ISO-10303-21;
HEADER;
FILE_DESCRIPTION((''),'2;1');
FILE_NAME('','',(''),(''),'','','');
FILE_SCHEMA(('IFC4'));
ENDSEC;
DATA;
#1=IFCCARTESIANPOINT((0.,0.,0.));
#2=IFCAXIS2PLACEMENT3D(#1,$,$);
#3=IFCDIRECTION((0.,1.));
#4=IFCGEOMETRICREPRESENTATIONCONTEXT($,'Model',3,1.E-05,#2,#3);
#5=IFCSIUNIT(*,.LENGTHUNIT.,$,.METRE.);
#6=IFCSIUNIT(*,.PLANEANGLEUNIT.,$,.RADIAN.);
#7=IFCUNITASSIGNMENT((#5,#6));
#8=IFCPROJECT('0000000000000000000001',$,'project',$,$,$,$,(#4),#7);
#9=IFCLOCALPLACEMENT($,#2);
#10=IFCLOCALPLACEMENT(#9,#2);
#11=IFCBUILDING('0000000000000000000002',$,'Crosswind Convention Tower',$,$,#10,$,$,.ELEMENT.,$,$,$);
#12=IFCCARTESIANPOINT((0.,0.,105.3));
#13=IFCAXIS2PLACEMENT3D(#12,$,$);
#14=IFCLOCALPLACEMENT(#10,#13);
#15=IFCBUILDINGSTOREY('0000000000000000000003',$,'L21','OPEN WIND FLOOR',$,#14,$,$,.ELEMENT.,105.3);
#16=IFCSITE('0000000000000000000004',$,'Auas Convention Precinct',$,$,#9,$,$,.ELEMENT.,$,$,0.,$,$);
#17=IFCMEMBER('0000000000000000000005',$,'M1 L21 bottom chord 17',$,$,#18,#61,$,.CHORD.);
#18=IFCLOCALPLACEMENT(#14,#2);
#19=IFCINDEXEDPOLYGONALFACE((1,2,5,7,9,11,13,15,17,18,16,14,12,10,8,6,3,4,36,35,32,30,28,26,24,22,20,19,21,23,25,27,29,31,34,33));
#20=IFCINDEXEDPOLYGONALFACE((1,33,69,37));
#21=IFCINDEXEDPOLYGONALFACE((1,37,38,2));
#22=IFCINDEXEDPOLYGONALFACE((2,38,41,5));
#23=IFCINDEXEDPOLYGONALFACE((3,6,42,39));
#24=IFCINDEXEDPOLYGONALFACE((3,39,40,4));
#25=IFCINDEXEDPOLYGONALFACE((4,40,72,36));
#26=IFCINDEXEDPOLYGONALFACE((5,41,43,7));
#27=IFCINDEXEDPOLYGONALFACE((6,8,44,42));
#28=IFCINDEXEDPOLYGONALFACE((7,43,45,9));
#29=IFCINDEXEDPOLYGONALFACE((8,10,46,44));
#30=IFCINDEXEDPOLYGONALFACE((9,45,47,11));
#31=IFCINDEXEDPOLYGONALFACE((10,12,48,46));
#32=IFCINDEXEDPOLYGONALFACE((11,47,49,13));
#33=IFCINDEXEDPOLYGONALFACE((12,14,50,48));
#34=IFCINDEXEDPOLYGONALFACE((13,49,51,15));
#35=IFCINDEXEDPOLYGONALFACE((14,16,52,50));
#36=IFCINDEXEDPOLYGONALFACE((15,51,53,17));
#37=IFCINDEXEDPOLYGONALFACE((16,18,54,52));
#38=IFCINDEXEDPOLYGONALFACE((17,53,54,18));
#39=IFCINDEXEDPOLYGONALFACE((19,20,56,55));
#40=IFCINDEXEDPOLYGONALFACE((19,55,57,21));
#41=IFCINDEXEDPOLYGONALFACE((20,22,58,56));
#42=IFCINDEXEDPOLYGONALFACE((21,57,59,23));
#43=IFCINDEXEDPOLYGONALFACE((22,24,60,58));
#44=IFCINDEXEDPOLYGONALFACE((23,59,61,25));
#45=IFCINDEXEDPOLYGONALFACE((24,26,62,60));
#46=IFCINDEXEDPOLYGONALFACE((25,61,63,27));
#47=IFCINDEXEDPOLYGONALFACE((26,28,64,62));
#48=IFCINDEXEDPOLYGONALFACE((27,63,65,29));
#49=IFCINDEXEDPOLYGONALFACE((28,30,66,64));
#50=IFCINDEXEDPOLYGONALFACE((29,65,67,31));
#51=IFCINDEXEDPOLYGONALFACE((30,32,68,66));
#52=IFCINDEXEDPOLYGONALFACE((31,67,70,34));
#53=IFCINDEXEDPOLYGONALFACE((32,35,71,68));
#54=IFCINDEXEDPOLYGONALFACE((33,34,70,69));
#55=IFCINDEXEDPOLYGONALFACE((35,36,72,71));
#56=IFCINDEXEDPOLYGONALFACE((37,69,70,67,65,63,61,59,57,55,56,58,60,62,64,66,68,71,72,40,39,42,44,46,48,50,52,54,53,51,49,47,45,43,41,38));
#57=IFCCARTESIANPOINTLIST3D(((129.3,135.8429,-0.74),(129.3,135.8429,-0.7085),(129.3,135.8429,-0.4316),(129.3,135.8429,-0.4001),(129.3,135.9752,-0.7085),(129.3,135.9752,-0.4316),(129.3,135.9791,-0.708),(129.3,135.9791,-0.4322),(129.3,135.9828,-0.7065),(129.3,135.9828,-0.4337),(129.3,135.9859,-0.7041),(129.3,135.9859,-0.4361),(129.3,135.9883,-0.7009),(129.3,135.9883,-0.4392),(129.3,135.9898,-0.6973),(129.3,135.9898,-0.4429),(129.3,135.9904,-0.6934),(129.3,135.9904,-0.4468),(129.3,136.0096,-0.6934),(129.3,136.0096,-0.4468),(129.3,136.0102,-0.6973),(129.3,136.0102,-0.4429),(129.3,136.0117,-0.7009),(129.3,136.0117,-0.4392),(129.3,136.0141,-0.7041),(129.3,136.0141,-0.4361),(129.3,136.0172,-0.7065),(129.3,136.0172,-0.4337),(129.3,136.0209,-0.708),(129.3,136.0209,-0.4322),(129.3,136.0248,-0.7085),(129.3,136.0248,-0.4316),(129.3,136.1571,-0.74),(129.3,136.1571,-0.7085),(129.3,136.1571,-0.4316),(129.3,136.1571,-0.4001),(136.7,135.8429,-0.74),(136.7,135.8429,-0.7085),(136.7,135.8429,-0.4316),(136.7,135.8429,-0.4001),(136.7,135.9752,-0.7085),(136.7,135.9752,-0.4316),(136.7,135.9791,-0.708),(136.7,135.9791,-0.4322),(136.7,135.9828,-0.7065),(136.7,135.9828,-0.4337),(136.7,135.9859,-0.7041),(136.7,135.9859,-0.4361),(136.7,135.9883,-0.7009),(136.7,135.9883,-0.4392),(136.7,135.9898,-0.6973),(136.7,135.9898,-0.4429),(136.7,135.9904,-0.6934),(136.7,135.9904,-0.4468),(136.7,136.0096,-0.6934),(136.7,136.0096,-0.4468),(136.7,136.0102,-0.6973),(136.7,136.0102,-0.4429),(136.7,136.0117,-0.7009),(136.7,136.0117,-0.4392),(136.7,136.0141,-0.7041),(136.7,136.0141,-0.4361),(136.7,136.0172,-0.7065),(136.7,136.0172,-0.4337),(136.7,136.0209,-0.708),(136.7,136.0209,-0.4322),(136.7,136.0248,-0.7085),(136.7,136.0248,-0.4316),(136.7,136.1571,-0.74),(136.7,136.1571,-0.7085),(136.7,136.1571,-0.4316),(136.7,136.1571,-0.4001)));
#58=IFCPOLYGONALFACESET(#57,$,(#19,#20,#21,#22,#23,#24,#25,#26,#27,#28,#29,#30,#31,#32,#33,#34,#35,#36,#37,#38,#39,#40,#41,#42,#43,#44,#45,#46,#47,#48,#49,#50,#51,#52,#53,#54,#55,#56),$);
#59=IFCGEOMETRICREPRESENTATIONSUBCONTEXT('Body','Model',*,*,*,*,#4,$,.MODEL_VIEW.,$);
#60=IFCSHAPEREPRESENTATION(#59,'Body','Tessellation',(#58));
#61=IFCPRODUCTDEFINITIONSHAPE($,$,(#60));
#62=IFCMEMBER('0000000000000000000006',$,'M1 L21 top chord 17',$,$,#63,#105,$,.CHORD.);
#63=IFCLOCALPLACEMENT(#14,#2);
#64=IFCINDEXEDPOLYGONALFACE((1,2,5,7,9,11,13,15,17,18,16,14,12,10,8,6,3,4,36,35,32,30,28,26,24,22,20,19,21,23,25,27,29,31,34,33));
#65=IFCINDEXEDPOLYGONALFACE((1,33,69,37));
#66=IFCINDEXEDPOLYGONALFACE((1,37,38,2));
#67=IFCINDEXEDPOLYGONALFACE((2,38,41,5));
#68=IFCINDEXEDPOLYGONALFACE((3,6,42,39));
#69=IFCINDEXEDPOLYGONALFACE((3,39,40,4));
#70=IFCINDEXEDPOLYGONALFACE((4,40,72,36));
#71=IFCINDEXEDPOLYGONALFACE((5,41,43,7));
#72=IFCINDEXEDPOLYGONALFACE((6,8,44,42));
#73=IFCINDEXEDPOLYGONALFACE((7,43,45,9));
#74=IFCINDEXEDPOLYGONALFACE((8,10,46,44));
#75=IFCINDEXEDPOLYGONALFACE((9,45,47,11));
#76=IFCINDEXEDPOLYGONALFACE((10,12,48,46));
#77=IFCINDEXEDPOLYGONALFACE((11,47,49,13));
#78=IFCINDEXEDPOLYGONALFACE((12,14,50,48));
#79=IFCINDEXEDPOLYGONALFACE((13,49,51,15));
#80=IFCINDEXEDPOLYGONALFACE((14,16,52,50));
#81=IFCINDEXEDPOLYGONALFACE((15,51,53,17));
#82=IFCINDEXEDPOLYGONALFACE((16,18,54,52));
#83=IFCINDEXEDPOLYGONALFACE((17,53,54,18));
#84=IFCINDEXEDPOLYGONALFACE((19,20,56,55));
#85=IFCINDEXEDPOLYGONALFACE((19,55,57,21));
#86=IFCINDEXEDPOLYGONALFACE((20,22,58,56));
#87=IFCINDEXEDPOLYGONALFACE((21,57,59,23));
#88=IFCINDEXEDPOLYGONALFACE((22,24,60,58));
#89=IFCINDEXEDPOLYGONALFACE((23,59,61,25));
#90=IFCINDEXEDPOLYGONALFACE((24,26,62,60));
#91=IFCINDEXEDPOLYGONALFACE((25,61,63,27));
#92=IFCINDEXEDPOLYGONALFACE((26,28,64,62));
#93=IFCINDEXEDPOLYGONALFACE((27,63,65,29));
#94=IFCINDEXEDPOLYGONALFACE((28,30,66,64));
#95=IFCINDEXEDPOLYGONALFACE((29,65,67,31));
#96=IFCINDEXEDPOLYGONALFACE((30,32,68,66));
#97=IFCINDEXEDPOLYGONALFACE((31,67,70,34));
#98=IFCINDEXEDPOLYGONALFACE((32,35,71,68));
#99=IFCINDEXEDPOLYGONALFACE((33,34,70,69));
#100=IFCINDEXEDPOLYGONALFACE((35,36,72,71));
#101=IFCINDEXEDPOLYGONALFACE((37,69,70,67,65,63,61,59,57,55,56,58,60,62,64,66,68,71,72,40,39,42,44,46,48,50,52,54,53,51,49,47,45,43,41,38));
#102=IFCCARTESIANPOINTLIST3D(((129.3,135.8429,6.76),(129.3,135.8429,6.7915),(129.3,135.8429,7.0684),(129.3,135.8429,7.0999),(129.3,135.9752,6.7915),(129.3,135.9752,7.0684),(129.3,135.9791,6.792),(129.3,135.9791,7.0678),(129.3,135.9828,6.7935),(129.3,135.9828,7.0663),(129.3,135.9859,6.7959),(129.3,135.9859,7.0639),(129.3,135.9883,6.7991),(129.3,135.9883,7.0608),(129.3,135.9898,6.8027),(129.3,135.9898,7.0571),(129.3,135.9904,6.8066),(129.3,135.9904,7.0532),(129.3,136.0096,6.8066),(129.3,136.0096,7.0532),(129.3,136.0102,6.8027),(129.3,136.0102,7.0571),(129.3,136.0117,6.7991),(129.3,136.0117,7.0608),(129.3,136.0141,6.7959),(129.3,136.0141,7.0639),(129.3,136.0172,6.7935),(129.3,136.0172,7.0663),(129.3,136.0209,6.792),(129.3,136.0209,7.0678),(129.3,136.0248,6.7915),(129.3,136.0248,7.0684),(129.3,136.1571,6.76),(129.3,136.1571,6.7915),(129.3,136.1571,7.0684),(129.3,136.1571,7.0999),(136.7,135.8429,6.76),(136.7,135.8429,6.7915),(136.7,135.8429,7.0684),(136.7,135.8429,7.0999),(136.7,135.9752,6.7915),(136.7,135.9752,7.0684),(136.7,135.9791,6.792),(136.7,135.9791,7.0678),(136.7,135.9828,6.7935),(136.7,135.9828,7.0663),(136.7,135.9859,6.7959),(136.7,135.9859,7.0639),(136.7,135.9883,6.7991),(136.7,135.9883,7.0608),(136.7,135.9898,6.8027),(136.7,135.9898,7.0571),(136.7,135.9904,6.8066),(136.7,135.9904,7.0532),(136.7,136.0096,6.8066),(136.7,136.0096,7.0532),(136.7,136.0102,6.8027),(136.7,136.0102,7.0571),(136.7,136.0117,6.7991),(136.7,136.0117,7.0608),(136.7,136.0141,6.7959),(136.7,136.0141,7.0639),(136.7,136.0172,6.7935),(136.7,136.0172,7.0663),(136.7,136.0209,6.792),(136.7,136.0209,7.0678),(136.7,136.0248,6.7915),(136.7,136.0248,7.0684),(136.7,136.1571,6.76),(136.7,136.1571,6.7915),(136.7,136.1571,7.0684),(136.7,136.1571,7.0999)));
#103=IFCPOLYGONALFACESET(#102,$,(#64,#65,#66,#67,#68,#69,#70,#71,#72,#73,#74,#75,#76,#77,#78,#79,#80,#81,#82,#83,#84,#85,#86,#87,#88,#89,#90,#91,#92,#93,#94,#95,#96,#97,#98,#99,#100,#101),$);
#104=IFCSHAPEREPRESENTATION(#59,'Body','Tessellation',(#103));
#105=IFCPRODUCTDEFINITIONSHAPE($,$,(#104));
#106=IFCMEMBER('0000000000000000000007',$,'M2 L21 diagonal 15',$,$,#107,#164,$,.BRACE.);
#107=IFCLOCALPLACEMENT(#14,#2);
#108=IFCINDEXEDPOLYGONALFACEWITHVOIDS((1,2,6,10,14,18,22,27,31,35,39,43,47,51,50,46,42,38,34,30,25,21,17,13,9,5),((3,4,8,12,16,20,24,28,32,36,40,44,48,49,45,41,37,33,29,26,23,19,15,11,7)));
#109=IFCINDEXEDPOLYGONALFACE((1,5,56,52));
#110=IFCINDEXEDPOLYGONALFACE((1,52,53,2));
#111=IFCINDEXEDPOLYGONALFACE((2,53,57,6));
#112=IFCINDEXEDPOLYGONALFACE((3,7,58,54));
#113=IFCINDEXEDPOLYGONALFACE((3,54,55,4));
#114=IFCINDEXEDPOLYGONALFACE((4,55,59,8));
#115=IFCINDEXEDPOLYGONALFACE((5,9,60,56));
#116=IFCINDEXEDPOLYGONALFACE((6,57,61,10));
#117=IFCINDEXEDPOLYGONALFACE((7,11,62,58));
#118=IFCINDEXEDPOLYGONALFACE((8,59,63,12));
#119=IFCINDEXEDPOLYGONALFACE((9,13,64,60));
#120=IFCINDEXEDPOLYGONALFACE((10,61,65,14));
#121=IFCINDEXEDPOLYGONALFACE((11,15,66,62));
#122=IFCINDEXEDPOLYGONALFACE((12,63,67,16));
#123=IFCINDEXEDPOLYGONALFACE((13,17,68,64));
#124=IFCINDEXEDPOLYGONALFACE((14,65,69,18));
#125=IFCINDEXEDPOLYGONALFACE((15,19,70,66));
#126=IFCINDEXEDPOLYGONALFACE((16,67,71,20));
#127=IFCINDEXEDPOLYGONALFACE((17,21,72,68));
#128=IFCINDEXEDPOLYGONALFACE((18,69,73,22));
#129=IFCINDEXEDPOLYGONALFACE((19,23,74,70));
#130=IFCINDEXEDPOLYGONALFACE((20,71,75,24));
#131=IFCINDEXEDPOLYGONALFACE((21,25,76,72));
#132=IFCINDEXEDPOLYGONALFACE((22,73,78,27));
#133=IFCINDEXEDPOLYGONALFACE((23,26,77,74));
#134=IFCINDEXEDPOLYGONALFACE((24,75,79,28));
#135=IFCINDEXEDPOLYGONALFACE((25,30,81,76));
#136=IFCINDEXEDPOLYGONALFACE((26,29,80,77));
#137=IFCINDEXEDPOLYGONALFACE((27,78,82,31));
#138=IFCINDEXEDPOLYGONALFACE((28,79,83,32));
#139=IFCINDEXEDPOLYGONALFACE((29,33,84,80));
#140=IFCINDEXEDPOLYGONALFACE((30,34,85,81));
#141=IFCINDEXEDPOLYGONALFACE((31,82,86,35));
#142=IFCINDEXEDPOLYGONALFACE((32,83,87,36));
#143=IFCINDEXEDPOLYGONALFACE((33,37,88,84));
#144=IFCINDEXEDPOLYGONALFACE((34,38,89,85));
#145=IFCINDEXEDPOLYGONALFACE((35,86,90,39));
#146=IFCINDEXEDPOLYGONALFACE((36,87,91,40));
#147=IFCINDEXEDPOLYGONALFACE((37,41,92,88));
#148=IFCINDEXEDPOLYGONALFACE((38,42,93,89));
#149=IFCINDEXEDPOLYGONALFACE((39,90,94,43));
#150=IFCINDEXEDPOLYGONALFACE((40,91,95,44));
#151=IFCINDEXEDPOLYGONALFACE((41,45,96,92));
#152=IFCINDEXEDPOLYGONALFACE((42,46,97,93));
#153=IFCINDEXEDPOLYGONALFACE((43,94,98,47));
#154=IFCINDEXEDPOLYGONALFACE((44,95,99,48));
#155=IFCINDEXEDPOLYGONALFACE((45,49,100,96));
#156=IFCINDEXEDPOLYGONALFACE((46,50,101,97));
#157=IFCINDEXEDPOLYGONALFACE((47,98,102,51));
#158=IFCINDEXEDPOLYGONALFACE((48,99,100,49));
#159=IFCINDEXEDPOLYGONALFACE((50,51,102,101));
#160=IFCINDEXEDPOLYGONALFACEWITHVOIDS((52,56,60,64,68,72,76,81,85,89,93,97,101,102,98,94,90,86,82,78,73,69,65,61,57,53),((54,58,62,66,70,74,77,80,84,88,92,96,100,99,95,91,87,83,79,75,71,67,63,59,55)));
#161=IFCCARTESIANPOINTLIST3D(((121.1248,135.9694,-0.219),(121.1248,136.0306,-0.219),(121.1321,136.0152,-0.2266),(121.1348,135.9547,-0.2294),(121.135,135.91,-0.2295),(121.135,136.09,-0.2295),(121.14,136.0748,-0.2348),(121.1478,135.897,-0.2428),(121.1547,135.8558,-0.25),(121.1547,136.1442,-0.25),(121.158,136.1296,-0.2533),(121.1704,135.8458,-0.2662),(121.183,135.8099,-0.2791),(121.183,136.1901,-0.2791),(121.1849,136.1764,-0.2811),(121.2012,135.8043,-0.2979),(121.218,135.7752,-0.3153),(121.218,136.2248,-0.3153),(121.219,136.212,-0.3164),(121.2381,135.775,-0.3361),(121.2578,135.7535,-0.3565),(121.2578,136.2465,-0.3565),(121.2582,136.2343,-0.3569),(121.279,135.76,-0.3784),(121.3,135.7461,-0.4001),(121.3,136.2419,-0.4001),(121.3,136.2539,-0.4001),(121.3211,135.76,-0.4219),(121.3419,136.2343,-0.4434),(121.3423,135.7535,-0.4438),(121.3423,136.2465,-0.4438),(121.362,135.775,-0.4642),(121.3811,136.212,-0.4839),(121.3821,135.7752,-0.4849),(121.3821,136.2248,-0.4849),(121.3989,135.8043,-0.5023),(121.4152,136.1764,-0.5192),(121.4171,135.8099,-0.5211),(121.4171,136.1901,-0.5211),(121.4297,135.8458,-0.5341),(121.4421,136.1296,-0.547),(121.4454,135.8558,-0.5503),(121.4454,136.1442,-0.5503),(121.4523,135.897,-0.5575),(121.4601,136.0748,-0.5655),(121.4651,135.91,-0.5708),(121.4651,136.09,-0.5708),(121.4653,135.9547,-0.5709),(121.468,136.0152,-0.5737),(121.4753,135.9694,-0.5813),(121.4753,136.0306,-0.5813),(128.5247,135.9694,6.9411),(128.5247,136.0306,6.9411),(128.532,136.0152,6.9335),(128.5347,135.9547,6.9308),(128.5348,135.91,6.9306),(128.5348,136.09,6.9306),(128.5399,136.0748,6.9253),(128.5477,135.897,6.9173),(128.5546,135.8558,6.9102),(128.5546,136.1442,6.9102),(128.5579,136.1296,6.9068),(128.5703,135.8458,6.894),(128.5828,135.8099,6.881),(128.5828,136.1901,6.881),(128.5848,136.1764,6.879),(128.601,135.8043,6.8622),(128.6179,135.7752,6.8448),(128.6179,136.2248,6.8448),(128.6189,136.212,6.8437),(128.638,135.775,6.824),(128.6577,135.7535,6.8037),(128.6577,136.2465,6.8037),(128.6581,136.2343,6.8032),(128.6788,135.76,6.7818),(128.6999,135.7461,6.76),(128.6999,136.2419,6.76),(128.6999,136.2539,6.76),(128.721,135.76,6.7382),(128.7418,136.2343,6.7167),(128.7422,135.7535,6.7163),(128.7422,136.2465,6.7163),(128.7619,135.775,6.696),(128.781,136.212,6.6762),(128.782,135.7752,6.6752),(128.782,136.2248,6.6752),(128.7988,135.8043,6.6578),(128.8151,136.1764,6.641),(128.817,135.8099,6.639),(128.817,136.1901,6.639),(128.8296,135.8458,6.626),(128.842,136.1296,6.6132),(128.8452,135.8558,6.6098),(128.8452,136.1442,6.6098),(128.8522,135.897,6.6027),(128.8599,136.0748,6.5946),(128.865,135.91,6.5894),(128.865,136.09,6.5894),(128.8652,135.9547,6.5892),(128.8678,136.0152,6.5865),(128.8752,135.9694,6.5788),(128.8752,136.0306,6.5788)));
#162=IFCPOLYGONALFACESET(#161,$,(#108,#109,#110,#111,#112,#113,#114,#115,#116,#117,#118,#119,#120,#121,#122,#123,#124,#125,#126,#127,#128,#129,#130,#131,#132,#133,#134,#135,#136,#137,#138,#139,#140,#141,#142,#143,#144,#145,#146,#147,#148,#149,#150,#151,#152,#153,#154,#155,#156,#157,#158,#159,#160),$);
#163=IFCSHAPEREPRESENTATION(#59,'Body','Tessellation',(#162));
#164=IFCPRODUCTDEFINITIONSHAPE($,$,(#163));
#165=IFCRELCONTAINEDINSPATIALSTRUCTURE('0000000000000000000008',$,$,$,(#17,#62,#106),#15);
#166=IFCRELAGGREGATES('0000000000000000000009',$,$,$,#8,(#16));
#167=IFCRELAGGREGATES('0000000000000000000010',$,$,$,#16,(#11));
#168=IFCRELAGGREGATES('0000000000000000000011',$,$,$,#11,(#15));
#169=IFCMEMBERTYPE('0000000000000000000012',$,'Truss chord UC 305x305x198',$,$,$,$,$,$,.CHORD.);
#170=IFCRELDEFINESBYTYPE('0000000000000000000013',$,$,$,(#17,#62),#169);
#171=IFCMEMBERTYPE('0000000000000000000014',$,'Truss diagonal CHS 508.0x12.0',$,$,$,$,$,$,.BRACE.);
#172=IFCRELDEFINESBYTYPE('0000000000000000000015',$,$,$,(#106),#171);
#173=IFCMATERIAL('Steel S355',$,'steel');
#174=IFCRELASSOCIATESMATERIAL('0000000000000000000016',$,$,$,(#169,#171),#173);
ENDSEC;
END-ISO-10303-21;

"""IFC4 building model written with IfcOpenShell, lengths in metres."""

from ifc_helpers import new_model, si_unit, direction, frame, origin, origin_2d, place, context, subcontext, project, spatial, hollow_circle, i_section, extrude, material, material_profile, profile_set, type_object, element, save


model = new_model("IFC4")

# Units and contexts
model_context = context("Model", 3, precision=1e-05, world=origin(), true_north=direction((0.0, 1.0)))
body_context = subcontext(model_context, "Body", "Model", "MODEL_VIEW")
ifc_project = project(units=[si_unit("LENGTHUNIT", "METRE"), si_unit("PLANEANGLEUNIT", "RADIAN")], contexts=[model_context])

# Site, building, storey
site_placement = place(None, origin())
site = spatial("IfcSite", under=ifc_project, at=site_placement, Name="Auas Convention Precinct", CompositionType="ELEMENT", RefElevation=0.0)
building_placement = place(site_placement, origin())
building = spatial("IfcBuilding", under=site, at=building_placement, Name="Crosswind Convention Tower", CompositionType="ELEMENT")
storey_placement = place(building_placement, frame((0.0, 0.0, 105.3)))
storey = spatial("IfcBuildingStorey", under=building, at=storey_placement, Name="L21", Description="OPEN WIND FLOOR", CompositionType="ELEMENT", Elevation=105.3)

# Shared definitions
ifc_material_1 = material(Name="Steel S355", Category="steel")

# Members
ifc_material_profile_1 = material_profile(ifc_material_1, i_section(OverallWidth=0.3142, OverallDepth=0.3398, WebThickness=0.0193, FlangeThickness=0.0315, FilletRadius=0.0151, at=origin_2d()), Name="UC 305x305x198")
ifc_profile_set_1 = profile_set([ifc_material_profile_1], Name="Steel S355")
member_type_1 = type_object("IfcMemberType", Name="Truss chord UC 305x305x198", PredefinedType="CHORD", material=ifc_profile_set_1)
for number, where, z_axis, x_axis, name in (
    (1, (129.3, 136.0, -0.5701), (1.0, 0.0, 0.0), (0.0, 1.0, 0.0), "M1 L21 bottom chord 17"),
    (2, (129.3, 136.0, 6.9299), (1.0, 0.0, 0.0), (0.0, 1.0, 0.0), "M1 L21 top chord 17"),
):
    element("IfcMember", number, at=place(storey_placement, frame(where, z_axis=z_axis, x_axis=x_axis)), inside=storey, type_object=member_type_1, Name=name, PredefinedType="CHORD", context=body_context, shape_type="SweptSolid", body=[
        extrude(i_section(OverallWidth=0.3142, OverallDepth=0.3398, WebThickness=0.0193, FlangeThickness=0.0315, FilletRadius=0.0151, at=origin_2d()), origin(), (0.0, 0.0, 1.0), 7.3999),
    ])
ifc_material_profile_2 = material_profile(ifc_material_1, hollow_circle(Radius=0.2539, WallThickness=0.012, at=origin_2d()), Name="CHS 508.0x12.0")
ifc_profile_set_2 = profile_set([ifc_material_profile_2], Name="Steel S355")
member_type_2 = type_object("IfcMemberType", Name="Truss diagonal CHS 508.0x12.0", PredefinedType="BRACE", material=ifc_profile_set_2)
for number, where, z_axis, x_axis, name in (
    (3, (121.3, 136.0, -0.4001), (0.718653, 0.0, 0.695369), (0.0, 1.0, 0.0), "M2 L21 diagonal 15"),
):
    element("IfcMember", number, at=place(storey_placement, frame(where, z_axis=z_axis, x_axis=x_axis)), inside=storey, type_object=member_type_2, Name=name, PredefinedType="BRACE", context=body_context, shape_type="SweptSolid", body=[
        extrude(hollow_circle(Radius=0.2539, WallThickness=0.012, at=origin_2d()), origin(), (0.0, 0.0, 1.0), 10.2969),
    ])

save(model, "model.ifc")
